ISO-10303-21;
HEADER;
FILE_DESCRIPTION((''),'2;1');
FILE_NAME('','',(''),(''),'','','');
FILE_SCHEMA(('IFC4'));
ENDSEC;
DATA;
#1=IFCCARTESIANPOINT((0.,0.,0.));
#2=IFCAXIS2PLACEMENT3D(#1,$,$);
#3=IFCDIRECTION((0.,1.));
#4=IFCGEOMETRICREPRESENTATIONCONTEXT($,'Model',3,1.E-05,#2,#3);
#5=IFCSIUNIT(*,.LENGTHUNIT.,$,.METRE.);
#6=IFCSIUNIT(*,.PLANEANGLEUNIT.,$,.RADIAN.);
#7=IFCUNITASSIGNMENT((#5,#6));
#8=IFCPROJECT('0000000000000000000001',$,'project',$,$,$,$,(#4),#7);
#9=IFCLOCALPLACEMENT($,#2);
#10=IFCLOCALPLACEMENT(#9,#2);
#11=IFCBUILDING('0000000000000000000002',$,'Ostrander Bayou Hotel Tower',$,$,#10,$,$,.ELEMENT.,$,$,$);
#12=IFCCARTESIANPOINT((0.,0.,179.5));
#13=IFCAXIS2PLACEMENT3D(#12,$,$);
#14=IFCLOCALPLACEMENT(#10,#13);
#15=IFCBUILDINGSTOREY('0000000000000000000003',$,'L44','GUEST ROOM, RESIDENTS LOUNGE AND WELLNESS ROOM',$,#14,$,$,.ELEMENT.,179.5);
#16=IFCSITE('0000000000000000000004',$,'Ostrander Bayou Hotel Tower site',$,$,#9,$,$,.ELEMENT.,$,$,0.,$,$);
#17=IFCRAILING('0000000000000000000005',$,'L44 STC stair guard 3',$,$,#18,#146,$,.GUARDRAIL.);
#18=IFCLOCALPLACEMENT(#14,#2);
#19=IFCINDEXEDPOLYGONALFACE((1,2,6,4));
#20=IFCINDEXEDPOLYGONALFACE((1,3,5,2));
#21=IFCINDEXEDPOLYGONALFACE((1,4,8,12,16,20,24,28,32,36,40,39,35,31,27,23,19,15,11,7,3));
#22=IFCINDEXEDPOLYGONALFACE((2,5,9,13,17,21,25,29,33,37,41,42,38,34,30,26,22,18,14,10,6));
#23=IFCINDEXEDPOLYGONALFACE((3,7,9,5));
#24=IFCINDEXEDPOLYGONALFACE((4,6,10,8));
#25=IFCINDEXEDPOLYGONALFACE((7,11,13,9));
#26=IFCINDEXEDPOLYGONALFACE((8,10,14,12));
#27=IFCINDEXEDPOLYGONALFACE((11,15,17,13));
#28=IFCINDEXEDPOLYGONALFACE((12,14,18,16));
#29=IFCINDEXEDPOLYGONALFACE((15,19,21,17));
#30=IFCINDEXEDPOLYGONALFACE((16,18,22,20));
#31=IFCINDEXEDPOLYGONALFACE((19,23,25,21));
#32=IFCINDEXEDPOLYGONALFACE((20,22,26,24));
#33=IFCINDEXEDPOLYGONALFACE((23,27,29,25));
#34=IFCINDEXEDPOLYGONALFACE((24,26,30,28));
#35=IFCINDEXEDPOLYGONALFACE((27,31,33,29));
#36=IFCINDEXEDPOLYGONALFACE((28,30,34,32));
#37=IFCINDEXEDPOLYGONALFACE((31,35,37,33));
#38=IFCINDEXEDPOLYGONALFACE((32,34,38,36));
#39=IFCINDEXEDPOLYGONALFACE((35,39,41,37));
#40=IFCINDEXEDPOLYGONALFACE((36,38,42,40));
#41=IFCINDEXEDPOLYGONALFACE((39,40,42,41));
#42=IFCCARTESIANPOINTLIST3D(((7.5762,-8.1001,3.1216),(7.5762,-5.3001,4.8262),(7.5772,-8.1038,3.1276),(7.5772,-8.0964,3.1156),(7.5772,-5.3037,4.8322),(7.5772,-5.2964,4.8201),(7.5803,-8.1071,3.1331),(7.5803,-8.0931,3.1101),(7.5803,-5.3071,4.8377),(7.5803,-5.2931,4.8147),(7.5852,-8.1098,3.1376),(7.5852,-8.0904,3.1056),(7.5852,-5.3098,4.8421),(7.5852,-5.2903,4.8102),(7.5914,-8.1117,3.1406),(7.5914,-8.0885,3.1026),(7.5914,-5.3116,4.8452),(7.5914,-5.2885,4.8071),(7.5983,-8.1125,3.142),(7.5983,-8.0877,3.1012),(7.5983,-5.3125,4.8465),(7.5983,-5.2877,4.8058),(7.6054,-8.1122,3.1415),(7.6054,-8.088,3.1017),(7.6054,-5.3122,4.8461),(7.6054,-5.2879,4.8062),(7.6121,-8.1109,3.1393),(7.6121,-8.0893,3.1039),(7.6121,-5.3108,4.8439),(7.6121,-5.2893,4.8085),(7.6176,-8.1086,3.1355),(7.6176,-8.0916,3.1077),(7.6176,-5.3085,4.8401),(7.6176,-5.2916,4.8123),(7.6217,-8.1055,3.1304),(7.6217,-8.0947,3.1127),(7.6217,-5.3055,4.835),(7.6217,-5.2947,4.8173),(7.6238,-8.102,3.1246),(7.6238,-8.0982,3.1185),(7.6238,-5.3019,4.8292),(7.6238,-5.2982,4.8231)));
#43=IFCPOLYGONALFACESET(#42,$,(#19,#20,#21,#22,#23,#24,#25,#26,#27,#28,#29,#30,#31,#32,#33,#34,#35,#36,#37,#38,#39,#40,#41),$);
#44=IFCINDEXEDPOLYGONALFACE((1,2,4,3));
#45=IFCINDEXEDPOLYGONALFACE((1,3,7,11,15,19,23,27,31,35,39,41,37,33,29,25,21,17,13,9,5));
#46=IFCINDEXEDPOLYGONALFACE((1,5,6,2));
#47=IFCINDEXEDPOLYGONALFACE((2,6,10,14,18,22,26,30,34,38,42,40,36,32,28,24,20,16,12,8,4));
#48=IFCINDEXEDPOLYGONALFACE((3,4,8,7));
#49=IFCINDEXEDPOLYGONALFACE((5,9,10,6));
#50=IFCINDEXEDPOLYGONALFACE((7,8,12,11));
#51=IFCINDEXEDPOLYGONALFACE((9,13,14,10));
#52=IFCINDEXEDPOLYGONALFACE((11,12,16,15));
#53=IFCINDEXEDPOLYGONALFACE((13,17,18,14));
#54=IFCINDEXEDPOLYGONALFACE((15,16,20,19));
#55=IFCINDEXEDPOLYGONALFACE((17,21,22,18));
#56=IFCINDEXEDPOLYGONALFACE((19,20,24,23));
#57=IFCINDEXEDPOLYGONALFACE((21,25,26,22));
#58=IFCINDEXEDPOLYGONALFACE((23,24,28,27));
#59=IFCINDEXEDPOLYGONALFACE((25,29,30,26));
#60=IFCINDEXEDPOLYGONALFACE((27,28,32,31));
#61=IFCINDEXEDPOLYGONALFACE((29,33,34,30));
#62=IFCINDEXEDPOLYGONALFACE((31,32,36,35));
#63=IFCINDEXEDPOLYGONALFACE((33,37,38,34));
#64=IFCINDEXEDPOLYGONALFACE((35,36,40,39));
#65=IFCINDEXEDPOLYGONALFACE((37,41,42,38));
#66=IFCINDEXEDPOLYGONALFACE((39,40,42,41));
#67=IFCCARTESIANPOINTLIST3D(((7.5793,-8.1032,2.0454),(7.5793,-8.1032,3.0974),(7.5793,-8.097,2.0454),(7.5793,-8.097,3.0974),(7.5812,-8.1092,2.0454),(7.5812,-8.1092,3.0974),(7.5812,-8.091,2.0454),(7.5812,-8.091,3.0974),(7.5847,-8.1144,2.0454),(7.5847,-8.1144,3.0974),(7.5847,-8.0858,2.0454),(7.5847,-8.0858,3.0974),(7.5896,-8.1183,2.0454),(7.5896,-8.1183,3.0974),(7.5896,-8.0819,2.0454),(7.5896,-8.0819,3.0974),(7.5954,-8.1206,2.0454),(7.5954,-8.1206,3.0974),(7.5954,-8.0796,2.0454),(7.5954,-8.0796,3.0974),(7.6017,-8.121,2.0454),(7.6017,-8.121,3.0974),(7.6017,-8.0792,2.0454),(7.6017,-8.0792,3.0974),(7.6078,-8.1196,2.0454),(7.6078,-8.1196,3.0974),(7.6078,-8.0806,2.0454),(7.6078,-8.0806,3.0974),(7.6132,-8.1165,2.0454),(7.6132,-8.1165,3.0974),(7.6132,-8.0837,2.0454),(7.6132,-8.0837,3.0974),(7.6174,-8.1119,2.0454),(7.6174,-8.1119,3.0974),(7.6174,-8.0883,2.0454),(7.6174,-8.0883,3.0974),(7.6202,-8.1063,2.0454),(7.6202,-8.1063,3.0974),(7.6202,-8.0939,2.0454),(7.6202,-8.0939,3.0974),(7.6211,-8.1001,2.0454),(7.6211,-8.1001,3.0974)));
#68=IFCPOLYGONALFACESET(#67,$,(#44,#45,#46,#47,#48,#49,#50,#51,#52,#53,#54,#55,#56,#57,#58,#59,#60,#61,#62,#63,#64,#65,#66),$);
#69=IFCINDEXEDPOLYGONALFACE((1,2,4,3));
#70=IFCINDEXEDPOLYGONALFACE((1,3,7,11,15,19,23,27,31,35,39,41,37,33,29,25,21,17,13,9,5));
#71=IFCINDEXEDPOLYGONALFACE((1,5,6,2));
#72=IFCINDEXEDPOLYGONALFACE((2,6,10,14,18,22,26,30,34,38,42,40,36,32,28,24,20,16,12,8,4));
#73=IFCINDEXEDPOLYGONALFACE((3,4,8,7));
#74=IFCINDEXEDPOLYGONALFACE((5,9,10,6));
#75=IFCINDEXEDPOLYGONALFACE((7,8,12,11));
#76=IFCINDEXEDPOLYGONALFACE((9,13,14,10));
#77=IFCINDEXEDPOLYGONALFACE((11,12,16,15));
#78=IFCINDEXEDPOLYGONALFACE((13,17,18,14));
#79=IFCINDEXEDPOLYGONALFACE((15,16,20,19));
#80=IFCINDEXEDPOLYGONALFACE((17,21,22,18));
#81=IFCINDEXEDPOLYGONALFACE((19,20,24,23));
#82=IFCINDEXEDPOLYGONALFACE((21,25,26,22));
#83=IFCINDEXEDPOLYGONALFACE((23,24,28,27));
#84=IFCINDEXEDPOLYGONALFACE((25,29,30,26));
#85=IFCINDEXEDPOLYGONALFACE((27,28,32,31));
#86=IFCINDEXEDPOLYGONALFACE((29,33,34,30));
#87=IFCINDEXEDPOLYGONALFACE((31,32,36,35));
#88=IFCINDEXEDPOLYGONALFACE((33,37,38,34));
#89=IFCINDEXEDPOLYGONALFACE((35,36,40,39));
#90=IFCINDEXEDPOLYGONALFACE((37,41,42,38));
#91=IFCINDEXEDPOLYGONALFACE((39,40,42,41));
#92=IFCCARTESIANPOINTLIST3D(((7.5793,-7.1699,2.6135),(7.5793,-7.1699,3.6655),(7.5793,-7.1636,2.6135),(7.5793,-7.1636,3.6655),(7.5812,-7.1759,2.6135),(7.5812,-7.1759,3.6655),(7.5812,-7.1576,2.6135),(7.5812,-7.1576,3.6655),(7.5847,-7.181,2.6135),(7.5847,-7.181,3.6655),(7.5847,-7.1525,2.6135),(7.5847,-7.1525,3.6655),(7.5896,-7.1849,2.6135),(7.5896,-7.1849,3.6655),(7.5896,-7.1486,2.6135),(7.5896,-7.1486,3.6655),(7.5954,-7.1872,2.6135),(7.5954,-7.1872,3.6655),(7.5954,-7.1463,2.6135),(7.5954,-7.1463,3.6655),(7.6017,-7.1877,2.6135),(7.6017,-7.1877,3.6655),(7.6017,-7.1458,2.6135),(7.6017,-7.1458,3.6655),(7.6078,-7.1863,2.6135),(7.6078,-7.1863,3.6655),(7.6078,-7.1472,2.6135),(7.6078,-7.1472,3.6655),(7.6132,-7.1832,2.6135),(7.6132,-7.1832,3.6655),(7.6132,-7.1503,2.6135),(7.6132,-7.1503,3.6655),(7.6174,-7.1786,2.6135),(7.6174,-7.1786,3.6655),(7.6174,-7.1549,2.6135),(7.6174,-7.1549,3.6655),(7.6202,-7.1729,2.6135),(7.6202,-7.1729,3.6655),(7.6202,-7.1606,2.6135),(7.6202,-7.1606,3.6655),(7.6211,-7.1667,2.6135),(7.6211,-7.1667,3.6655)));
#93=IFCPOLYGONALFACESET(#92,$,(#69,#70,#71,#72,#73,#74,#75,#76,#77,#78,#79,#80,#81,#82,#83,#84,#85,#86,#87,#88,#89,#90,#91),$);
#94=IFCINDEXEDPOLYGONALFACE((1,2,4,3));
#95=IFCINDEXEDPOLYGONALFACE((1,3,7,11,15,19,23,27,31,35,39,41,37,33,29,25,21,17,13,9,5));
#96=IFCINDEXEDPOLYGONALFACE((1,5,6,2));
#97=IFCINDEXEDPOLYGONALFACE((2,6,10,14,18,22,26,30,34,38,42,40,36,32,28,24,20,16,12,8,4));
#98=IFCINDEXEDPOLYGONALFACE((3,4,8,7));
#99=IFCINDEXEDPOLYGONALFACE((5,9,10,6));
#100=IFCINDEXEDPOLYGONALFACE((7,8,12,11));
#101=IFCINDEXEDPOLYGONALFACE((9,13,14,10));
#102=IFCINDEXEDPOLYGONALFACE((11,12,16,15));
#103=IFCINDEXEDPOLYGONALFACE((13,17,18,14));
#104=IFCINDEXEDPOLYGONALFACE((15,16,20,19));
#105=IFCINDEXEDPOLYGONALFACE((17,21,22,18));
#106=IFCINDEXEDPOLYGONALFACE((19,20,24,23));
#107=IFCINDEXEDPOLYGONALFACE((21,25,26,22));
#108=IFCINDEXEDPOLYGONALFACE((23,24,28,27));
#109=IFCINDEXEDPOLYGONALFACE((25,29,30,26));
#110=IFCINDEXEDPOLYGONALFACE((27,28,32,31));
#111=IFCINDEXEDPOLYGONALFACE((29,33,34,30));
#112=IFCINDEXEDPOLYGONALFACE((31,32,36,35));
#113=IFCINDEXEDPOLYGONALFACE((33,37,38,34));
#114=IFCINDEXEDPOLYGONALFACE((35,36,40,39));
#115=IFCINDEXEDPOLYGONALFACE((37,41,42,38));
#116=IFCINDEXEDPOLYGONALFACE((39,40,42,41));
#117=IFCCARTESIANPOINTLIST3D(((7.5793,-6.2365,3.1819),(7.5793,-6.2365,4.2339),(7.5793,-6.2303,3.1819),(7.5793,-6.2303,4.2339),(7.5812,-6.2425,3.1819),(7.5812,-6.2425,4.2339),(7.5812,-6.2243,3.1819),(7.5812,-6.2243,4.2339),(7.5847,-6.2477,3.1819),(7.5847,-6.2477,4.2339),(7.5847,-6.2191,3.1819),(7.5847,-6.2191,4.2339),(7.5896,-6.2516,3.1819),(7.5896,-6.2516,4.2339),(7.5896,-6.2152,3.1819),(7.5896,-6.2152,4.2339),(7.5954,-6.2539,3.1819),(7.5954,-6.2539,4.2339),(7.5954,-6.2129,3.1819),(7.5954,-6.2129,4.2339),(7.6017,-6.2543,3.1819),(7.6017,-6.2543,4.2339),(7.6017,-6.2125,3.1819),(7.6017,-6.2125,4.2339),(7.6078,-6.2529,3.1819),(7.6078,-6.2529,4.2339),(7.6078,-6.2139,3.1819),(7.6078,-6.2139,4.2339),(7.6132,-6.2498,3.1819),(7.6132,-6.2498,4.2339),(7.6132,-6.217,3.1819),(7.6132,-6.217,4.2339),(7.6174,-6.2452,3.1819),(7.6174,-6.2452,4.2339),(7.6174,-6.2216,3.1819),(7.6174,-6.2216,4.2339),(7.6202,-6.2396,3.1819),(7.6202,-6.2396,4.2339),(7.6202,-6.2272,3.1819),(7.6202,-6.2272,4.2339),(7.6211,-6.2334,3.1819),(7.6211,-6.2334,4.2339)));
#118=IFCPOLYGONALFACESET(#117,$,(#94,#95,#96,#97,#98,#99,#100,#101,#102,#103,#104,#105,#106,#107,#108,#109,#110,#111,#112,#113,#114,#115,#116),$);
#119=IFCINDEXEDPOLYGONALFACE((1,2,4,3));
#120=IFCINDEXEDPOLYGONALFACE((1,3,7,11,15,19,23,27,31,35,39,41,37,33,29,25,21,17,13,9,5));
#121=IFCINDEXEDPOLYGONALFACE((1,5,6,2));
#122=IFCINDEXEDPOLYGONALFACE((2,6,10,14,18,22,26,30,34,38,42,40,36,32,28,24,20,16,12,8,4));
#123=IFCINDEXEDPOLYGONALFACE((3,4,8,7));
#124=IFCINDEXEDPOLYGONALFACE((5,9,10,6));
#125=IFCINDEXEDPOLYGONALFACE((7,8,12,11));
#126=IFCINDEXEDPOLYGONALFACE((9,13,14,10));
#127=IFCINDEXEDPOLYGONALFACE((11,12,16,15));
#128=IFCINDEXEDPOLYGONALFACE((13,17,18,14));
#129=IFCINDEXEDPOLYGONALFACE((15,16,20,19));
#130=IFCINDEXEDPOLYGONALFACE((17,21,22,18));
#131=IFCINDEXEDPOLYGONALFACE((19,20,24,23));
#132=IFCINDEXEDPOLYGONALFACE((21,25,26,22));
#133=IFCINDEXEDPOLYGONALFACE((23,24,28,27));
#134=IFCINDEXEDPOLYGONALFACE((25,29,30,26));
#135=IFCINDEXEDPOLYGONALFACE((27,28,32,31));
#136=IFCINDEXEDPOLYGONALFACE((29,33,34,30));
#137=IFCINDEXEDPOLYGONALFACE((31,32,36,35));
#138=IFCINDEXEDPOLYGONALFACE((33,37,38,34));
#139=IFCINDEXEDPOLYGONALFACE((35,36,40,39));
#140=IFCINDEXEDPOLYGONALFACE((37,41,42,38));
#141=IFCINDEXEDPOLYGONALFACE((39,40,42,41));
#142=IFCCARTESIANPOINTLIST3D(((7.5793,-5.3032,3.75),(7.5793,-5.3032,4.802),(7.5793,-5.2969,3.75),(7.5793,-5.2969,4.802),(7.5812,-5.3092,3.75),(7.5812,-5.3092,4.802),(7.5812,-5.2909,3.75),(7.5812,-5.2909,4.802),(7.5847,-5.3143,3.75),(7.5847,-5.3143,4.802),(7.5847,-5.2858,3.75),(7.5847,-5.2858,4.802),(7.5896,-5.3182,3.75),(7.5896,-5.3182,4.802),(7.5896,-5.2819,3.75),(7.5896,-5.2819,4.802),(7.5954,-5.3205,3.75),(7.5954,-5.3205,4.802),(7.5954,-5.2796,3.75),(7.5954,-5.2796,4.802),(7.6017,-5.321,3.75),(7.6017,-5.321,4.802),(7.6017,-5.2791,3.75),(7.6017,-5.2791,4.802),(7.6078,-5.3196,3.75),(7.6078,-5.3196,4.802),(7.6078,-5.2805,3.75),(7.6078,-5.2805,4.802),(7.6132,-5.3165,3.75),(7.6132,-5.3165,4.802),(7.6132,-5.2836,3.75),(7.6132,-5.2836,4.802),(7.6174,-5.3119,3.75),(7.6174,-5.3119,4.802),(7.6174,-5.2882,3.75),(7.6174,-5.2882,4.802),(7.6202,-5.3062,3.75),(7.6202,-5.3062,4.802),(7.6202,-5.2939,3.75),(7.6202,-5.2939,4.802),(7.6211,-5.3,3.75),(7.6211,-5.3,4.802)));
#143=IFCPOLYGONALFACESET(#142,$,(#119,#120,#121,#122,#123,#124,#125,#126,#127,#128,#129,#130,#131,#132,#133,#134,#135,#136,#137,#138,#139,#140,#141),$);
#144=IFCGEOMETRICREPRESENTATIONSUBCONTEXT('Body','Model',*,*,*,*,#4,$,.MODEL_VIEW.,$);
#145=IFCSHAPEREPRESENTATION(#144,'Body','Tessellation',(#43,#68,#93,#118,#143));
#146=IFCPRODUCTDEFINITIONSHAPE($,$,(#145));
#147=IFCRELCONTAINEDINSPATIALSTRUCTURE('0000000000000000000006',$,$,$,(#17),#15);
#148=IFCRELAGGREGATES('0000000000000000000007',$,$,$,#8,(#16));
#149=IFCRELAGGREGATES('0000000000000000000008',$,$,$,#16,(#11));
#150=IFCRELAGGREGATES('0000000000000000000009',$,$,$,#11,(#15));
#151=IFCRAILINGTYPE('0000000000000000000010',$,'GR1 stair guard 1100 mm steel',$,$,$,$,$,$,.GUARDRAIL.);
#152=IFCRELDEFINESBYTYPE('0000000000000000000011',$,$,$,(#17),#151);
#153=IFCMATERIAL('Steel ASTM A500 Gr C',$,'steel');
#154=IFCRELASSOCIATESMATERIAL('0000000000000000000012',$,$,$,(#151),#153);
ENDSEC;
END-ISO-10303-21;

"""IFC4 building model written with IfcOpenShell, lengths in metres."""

from ifc_helpers import new_model, si_unit, direction, frame, origin, origin_2d, place, context, subcontext, project, spatial, circle, extrude, material, type_object, element, save


model = new_model("IFC4")

# Units and contexts
model_context = context("Model", 3, precision=1e-05, world=origin(), true_north=direction((0.0, 1.0)))
body_context = subcontext(model_context, "Body", "Model", "MODEL_VIEW")
ifc_project = project(units=[si_unit("LENGTHUNIT", "METRE"), si_unit("PLANEANGLEUNIT", "RADIAN")], contexts=[model_context])

# Site, building, storey
site_placement = place(None, origin())
site = spatial("IfcSite", under=ifc_project, at=site_placement, Name="Ostrander Bayou Hotel Tower site", CompositionType="ELEMENT", RefElevation=0.0)
building_placement = place(site_placement, origin())
building = spatial("IfcBuilding", under=site, at=building_placement, Name="Ostrander Bayou Hotel Tower", CompositionType="ELEMENT")
storey_placement = place(building_placement, frame((0.0, 0.0, 179.5)))
storey = spatial("IfcBuildingStorey", under=building, at=storey_placement, Name="L44", Description="GUEST ROOM, RESIDENTS LOUNGE AND WELLNESS ROOM", CompositionType="ELEMENT", Elevation=179.5)

# Railing
ifc_material_1 = material(Name="Steel ASTM A500 Gr C", Category="steel")
railing_type_1 = type_object("IfcRailingType", Name="GR1 stair guard 1100 mm steel", PredefinedType="GUARDRAIL", material=ifc_material_1)
railing_1_placement = place(storey_placement, frame((7.6001, -8.1001, 2.0454)))
element("IfcRailing", 1, at=railing_1_placement, inside=storey, type_object=railing_type_1, Name="L44 STC stair guard 3", PredefinedType="GUARDRAIL", context=body_context, shape_type="SweptSolid", body=[
    extrude(circle(Radius=0.0239, at=origin_2d()), frame((0.0, 0.0, 1.0762), z_axis=(0.0, 0.85417, 0.519994), x_axis=(-1.0, 0.0, 0.0)), (0.0, 0.0, 1.0), 3.2781),
    extrude(circle(Radius=0.021, at=origin_2d()), origin(), (0.0, 0.0, 1.0), 1.052),
    extrude(circle(Radius=0.021, at=origin_2d()), frame((0.0, 0.9333, 0.5681)), (0.0, 0.0, 1.0), 1.052),
    extrude(circle(Radius=0.021, at=origin_2d()), frame((0.0, 1.8667, 1.1365)), (0.0, 0.0, 1.0), 1.052),
    extrude(circle(Radius=0.021, at=origin_2d()), frame((0.0, 2.8, 1.7046)), (0.0, 0.0, 1.0), 1.052),
])

save(model, "model.ifc")
